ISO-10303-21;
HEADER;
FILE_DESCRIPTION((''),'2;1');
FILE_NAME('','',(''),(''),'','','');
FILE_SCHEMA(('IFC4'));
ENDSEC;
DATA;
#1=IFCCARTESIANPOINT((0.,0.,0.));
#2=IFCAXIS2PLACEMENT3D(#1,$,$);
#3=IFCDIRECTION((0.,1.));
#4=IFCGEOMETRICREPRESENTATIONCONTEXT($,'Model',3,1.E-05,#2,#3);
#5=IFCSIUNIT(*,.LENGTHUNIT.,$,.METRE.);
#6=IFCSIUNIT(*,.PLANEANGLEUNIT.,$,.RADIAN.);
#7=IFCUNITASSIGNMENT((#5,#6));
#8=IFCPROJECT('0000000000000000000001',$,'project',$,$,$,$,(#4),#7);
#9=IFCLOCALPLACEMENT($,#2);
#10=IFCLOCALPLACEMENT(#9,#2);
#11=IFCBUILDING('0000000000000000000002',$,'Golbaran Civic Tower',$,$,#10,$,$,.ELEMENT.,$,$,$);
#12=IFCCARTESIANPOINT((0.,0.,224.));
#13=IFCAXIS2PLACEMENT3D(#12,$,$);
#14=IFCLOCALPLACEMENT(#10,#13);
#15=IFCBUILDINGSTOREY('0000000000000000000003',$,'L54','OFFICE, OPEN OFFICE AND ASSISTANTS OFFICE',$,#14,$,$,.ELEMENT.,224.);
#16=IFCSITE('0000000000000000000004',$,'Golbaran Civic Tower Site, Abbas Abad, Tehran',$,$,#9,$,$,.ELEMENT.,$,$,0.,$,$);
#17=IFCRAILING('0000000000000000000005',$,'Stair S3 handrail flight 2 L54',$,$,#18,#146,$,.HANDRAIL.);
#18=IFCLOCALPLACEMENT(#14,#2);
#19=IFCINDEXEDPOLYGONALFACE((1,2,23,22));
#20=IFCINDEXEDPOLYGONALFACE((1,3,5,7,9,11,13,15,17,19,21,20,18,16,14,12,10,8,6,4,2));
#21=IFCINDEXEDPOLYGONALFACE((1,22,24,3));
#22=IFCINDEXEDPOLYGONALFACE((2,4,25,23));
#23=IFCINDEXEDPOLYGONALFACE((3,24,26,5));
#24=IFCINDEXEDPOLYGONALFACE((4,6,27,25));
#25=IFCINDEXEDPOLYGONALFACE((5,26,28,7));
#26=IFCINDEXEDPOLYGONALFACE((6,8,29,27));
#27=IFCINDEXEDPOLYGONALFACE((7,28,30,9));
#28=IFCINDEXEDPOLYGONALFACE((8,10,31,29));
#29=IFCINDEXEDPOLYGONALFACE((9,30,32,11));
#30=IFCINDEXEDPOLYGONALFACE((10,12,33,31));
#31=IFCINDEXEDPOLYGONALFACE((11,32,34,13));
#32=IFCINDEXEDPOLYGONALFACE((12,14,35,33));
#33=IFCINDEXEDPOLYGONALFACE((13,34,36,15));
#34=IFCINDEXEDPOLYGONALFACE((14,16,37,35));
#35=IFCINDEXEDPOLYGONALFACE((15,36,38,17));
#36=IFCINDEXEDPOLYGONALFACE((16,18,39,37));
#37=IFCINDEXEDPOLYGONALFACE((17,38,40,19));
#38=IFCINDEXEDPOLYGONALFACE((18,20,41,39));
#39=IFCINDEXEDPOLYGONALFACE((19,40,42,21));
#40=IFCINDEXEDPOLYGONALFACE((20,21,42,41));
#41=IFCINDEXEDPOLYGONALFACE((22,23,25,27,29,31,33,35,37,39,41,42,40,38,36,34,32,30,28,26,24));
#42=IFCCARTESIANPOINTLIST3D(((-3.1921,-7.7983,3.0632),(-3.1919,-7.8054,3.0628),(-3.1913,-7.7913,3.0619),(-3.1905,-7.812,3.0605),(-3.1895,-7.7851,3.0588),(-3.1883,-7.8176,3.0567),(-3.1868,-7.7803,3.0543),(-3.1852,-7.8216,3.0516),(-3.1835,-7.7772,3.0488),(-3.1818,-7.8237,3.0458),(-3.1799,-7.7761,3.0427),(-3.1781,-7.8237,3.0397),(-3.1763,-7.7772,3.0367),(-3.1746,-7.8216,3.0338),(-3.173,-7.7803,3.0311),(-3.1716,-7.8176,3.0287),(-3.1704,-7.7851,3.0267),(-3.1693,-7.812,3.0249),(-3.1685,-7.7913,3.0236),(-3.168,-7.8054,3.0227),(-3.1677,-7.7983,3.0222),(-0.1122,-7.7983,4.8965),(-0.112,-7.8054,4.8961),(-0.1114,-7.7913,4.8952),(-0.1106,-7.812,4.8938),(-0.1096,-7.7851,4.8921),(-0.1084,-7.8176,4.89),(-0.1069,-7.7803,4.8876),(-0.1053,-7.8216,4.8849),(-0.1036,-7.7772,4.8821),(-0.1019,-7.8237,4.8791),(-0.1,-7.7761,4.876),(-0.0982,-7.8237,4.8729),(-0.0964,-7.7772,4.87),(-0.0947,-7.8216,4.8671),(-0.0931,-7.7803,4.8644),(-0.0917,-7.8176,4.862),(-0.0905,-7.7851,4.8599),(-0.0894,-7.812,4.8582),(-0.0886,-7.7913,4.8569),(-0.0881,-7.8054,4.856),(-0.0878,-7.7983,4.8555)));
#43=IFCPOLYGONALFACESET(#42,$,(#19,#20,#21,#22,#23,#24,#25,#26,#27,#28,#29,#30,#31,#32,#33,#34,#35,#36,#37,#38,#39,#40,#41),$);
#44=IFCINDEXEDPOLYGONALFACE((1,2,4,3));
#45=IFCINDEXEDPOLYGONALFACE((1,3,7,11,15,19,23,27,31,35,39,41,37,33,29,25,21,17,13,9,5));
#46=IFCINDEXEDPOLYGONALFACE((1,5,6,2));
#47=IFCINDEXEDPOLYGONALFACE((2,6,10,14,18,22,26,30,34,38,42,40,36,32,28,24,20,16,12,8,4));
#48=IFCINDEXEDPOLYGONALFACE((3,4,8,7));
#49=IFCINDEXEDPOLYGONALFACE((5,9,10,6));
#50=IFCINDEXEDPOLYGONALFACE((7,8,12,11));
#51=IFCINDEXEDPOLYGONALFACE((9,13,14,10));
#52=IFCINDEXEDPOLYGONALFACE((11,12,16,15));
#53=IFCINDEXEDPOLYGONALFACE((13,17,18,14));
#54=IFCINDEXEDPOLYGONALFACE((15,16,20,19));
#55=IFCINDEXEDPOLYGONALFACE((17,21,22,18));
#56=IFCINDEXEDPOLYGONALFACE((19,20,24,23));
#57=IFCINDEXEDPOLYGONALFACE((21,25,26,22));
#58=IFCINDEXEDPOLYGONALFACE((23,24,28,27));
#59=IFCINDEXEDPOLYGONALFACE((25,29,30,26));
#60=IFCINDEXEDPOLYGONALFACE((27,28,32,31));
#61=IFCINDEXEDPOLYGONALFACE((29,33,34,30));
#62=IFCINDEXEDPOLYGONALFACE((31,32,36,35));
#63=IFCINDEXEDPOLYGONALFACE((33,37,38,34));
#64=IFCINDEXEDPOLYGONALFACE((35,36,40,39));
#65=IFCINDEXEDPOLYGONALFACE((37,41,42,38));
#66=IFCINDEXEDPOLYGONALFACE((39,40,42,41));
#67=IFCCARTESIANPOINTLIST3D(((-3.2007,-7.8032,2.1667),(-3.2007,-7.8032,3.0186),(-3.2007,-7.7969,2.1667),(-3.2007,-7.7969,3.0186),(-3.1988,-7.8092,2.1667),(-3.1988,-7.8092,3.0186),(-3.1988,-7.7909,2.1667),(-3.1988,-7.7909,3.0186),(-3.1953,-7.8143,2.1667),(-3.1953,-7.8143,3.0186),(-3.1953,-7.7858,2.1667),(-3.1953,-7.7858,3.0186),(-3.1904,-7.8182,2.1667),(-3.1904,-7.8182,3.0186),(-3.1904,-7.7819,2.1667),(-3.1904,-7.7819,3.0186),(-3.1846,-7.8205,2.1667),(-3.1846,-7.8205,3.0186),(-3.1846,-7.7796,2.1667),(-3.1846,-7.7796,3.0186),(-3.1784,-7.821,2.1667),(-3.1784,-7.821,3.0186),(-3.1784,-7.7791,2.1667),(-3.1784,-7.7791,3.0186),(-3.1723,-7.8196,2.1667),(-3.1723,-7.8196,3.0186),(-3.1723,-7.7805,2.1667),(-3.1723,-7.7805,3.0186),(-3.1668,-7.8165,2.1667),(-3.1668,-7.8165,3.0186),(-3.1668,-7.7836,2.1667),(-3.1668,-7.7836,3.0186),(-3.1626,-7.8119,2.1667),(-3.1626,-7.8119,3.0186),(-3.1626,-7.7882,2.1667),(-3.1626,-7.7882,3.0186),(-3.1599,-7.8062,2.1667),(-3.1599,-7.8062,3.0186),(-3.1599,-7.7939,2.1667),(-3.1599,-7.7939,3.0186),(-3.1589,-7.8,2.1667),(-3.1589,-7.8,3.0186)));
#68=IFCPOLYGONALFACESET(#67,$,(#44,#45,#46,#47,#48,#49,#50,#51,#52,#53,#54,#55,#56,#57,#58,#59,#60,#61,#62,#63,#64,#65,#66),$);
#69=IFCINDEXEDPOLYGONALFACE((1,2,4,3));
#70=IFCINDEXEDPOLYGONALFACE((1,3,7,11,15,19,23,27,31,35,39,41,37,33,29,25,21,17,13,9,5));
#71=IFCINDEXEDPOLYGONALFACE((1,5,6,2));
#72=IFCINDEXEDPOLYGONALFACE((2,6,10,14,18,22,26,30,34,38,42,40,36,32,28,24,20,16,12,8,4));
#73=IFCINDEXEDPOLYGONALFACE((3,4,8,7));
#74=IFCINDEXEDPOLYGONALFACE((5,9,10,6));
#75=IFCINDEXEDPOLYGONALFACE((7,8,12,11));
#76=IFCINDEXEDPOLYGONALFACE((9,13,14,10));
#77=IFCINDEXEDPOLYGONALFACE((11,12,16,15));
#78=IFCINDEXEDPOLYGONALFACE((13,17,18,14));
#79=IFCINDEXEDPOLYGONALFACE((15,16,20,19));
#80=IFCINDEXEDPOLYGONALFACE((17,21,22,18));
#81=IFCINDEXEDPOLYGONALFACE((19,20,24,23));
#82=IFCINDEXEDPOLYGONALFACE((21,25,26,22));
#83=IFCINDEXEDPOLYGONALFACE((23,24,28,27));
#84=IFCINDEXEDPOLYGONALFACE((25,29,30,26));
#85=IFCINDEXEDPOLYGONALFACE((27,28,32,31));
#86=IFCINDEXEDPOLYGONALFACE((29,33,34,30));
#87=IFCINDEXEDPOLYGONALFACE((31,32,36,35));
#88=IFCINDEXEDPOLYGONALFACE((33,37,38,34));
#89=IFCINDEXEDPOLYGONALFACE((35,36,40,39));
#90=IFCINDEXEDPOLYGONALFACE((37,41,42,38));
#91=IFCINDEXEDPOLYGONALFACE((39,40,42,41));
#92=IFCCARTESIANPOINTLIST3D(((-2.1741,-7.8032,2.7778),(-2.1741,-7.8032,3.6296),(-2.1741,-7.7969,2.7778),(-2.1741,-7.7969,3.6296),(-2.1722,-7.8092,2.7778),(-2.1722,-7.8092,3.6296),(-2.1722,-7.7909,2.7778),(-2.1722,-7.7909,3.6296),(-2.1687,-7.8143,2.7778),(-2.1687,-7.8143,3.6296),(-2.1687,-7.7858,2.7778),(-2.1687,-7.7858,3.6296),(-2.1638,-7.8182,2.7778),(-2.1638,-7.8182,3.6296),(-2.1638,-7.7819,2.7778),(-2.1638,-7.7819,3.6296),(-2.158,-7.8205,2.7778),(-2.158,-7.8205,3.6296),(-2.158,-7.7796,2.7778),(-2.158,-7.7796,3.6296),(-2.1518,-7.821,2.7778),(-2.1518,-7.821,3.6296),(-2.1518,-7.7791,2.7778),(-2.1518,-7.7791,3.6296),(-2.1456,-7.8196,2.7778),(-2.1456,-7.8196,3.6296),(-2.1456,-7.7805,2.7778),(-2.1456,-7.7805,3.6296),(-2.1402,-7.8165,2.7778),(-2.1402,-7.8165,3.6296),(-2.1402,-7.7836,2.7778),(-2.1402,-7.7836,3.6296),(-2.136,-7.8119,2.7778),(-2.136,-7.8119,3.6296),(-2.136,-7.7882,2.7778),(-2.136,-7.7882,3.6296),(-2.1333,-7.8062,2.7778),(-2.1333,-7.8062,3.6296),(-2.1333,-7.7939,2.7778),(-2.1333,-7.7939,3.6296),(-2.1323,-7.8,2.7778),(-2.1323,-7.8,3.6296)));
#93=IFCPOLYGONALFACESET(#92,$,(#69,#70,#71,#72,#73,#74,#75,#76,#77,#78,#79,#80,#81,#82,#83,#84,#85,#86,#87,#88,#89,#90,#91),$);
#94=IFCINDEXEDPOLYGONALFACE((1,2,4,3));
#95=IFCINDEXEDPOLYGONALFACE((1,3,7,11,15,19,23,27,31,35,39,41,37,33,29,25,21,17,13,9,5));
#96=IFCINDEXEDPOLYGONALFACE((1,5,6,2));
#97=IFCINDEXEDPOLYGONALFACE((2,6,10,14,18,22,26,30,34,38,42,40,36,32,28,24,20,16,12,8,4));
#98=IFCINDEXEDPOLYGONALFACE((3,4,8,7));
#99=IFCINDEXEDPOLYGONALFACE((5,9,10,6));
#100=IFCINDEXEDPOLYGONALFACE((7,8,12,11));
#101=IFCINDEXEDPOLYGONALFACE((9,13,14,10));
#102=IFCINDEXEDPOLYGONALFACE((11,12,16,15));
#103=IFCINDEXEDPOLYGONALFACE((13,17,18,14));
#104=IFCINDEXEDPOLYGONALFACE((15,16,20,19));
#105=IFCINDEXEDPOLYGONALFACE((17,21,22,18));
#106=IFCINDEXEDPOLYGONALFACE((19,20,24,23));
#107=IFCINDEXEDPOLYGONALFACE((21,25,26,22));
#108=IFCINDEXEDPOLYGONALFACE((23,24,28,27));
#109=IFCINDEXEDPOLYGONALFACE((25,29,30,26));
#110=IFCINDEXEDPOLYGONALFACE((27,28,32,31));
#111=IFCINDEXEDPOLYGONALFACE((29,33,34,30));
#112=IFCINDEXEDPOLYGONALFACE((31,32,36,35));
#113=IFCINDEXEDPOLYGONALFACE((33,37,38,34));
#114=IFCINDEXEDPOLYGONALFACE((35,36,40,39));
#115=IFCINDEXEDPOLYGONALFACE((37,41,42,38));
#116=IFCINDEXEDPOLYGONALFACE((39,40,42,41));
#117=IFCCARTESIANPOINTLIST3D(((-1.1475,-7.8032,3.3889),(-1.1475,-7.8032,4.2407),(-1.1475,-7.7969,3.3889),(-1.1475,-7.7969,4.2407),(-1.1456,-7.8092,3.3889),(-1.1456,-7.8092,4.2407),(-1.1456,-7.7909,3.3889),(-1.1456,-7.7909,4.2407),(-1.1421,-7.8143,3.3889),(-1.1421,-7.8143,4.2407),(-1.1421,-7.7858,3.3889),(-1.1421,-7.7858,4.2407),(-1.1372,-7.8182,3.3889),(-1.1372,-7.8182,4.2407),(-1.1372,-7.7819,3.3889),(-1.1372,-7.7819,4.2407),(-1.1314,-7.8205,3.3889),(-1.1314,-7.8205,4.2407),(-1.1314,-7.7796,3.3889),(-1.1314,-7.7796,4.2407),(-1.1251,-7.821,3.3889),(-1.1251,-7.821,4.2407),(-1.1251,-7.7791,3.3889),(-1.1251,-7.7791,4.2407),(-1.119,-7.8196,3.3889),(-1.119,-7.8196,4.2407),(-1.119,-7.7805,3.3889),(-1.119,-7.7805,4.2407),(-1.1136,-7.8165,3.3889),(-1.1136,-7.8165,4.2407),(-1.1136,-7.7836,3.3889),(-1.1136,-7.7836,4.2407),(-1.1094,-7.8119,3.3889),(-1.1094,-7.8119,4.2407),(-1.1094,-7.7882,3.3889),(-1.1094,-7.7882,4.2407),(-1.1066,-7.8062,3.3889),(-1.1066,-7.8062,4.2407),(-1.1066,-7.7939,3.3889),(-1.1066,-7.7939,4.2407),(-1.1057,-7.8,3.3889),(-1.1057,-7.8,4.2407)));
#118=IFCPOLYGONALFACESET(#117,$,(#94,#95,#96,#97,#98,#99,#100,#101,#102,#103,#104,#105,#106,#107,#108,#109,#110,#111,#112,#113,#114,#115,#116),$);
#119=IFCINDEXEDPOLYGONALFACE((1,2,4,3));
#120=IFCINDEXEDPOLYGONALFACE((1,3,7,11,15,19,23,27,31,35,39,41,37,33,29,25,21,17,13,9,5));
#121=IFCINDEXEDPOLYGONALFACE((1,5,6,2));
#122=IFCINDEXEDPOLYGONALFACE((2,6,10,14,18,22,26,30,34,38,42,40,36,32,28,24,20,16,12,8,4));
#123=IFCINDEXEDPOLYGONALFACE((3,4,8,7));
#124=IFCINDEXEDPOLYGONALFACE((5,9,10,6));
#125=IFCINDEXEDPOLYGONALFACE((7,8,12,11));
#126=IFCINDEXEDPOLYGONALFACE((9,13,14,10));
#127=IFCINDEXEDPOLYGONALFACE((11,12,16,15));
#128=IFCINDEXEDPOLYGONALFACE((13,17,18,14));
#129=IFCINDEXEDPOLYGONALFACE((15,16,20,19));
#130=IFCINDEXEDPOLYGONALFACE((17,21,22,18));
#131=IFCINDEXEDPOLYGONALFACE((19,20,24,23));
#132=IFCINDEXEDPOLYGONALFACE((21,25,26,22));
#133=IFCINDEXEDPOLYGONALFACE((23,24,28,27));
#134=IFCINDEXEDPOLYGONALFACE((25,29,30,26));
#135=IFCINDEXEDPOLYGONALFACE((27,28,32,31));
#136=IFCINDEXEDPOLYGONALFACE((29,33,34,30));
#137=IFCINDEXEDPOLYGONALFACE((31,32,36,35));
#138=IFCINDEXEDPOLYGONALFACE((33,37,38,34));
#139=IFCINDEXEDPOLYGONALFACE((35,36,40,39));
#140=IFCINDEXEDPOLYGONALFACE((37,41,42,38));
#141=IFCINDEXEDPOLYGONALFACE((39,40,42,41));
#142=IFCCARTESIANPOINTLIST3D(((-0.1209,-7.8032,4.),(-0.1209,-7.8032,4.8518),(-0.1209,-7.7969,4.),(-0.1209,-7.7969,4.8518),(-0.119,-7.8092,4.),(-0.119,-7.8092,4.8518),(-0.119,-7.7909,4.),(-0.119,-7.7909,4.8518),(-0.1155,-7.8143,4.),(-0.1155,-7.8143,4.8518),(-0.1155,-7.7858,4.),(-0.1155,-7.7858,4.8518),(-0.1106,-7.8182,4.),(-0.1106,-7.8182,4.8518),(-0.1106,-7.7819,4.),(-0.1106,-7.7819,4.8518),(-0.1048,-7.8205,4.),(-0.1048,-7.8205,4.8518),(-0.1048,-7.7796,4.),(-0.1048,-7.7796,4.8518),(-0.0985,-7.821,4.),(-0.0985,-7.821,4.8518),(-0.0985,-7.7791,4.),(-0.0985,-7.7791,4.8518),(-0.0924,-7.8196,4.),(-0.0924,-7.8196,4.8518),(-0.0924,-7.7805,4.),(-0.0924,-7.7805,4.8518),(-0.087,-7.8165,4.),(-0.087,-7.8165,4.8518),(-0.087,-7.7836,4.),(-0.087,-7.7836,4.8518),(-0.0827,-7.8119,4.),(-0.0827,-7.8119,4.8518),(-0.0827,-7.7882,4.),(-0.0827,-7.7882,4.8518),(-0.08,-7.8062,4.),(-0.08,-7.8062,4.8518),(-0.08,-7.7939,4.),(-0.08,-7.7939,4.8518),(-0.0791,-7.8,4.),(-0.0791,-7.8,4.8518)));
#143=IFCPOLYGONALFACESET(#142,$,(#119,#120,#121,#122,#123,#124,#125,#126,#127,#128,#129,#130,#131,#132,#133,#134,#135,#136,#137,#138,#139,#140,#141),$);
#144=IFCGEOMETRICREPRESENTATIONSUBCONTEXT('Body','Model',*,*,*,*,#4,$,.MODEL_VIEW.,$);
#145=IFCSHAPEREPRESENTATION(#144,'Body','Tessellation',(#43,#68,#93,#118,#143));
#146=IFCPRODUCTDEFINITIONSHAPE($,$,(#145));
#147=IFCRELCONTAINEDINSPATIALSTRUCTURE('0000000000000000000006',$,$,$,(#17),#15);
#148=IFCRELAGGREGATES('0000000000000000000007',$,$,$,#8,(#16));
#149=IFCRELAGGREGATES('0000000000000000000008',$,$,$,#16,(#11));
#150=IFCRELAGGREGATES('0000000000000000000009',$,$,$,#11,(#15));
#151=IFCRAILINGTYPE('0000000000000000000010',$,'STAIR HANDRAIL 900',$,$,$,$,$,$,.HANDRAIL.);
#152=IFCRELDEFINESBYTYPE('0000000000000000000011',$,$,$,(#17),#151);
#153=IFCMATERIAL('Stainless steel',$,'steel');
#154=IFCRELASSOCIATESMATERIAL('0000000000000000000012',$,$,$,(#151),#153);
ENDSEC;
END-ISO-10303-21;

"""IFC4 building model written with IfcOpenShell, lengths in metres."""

from ifc_helpers import new_model, si_unit, direction, frame, origin, origin_2d, place, context, subcontext, project, spatial, circle, extrude, material, type_object, element, save


model = new_model("IFC4")

# Units and contexts
model_context = context("Model", 3, precision=1e-05, world=origin(), true_north=direction((0.0, 1.0)))
body_context = subcontext(model_context, "Body", "Model", "MODEL_VIEW")
ifc_project = project(units=[si_unit("LENGTHUNIT", "METRE"), si_unit("PLANEANGLEUNIT", "RADIAN")], contexts=[model_context])

# Site, building, storey
site_placement = place(None, origin())
site = spatial("IfcSite", under=ifc_project, at=site_placement, Name="Golbaran Civic Tower Site, Abbas Abad, Tehran", CompositionType="ELEMENT", RefElevation=0.0)
building_placement = place(site_placement, origin())
building = spatial("IfcBuilding", under=site, at=building_placement, Name="Golbaran Civic Tower", CompositionType="ELEMENT")
storey_placement = place(building_placement, frame((0.0, 0.0, 224.0)))
storey = spatial("IfcBuildingStorey", under=building, at=storey_placement, Name="L54", Description="OFFICE, OPEN OFFICE AND ASSISTANTS OFFICE", CompositionType="ELEMENT", Elevation=224.0)

# Shared definitions
ifc_material_1 = material(Name="Stainless steel", Category="steel")

# Railing
railing_type = type_object("IfcRailingType", Name="STAIR HANDRAIL 900", PredefinedType="HANDRAIL", material=ifc_material_1)
railing_1_placement = place(storey_placement, frame((-3.1799, -7.8, 2.1667)))
element("IfcRailing", 1, at=railing_1_placement, inside=storey, type_object=railing_type, Name="Stair S3 handrail flight 2 L54", PredefinedType="HANDRAIL", context=body_context, shape_type="SweptSolid", body=[
    extrude(circle(Radius=0.0239, at=origin_2d()), frame((0.0, 0.0, 0.876), z_axis=(0.859291, 0.0, 0.511487), x_axis=(0.0, 1.0, 0.0)), (0.0, 0.0, 1.0), 3.5842),
    extrude(circle(Radius=0.021, at=origin_2d()), origin(), (0.0, 0.0, 1.0), 0.8518),
    extrude(circle(Radius=0.021, at=origin_2d()), frame((1.0266, 0.0, 0.6111)), (0.0, 0.0, 1.0), 0.8518),
    extrude(circle(Radius=0.021, at=origin_2d()), frame((2.0532, 0.0, 1.2222)), (0.0, 0.0, 1.0), 0.8518),
    extrude(circle(Radius=0.021, at=origin_2d()), frame((3.0798, 0.0, 1.8333)), (0.0, 0.0, 1.0), 0.8518),
])

save(model, "model.ifc")
